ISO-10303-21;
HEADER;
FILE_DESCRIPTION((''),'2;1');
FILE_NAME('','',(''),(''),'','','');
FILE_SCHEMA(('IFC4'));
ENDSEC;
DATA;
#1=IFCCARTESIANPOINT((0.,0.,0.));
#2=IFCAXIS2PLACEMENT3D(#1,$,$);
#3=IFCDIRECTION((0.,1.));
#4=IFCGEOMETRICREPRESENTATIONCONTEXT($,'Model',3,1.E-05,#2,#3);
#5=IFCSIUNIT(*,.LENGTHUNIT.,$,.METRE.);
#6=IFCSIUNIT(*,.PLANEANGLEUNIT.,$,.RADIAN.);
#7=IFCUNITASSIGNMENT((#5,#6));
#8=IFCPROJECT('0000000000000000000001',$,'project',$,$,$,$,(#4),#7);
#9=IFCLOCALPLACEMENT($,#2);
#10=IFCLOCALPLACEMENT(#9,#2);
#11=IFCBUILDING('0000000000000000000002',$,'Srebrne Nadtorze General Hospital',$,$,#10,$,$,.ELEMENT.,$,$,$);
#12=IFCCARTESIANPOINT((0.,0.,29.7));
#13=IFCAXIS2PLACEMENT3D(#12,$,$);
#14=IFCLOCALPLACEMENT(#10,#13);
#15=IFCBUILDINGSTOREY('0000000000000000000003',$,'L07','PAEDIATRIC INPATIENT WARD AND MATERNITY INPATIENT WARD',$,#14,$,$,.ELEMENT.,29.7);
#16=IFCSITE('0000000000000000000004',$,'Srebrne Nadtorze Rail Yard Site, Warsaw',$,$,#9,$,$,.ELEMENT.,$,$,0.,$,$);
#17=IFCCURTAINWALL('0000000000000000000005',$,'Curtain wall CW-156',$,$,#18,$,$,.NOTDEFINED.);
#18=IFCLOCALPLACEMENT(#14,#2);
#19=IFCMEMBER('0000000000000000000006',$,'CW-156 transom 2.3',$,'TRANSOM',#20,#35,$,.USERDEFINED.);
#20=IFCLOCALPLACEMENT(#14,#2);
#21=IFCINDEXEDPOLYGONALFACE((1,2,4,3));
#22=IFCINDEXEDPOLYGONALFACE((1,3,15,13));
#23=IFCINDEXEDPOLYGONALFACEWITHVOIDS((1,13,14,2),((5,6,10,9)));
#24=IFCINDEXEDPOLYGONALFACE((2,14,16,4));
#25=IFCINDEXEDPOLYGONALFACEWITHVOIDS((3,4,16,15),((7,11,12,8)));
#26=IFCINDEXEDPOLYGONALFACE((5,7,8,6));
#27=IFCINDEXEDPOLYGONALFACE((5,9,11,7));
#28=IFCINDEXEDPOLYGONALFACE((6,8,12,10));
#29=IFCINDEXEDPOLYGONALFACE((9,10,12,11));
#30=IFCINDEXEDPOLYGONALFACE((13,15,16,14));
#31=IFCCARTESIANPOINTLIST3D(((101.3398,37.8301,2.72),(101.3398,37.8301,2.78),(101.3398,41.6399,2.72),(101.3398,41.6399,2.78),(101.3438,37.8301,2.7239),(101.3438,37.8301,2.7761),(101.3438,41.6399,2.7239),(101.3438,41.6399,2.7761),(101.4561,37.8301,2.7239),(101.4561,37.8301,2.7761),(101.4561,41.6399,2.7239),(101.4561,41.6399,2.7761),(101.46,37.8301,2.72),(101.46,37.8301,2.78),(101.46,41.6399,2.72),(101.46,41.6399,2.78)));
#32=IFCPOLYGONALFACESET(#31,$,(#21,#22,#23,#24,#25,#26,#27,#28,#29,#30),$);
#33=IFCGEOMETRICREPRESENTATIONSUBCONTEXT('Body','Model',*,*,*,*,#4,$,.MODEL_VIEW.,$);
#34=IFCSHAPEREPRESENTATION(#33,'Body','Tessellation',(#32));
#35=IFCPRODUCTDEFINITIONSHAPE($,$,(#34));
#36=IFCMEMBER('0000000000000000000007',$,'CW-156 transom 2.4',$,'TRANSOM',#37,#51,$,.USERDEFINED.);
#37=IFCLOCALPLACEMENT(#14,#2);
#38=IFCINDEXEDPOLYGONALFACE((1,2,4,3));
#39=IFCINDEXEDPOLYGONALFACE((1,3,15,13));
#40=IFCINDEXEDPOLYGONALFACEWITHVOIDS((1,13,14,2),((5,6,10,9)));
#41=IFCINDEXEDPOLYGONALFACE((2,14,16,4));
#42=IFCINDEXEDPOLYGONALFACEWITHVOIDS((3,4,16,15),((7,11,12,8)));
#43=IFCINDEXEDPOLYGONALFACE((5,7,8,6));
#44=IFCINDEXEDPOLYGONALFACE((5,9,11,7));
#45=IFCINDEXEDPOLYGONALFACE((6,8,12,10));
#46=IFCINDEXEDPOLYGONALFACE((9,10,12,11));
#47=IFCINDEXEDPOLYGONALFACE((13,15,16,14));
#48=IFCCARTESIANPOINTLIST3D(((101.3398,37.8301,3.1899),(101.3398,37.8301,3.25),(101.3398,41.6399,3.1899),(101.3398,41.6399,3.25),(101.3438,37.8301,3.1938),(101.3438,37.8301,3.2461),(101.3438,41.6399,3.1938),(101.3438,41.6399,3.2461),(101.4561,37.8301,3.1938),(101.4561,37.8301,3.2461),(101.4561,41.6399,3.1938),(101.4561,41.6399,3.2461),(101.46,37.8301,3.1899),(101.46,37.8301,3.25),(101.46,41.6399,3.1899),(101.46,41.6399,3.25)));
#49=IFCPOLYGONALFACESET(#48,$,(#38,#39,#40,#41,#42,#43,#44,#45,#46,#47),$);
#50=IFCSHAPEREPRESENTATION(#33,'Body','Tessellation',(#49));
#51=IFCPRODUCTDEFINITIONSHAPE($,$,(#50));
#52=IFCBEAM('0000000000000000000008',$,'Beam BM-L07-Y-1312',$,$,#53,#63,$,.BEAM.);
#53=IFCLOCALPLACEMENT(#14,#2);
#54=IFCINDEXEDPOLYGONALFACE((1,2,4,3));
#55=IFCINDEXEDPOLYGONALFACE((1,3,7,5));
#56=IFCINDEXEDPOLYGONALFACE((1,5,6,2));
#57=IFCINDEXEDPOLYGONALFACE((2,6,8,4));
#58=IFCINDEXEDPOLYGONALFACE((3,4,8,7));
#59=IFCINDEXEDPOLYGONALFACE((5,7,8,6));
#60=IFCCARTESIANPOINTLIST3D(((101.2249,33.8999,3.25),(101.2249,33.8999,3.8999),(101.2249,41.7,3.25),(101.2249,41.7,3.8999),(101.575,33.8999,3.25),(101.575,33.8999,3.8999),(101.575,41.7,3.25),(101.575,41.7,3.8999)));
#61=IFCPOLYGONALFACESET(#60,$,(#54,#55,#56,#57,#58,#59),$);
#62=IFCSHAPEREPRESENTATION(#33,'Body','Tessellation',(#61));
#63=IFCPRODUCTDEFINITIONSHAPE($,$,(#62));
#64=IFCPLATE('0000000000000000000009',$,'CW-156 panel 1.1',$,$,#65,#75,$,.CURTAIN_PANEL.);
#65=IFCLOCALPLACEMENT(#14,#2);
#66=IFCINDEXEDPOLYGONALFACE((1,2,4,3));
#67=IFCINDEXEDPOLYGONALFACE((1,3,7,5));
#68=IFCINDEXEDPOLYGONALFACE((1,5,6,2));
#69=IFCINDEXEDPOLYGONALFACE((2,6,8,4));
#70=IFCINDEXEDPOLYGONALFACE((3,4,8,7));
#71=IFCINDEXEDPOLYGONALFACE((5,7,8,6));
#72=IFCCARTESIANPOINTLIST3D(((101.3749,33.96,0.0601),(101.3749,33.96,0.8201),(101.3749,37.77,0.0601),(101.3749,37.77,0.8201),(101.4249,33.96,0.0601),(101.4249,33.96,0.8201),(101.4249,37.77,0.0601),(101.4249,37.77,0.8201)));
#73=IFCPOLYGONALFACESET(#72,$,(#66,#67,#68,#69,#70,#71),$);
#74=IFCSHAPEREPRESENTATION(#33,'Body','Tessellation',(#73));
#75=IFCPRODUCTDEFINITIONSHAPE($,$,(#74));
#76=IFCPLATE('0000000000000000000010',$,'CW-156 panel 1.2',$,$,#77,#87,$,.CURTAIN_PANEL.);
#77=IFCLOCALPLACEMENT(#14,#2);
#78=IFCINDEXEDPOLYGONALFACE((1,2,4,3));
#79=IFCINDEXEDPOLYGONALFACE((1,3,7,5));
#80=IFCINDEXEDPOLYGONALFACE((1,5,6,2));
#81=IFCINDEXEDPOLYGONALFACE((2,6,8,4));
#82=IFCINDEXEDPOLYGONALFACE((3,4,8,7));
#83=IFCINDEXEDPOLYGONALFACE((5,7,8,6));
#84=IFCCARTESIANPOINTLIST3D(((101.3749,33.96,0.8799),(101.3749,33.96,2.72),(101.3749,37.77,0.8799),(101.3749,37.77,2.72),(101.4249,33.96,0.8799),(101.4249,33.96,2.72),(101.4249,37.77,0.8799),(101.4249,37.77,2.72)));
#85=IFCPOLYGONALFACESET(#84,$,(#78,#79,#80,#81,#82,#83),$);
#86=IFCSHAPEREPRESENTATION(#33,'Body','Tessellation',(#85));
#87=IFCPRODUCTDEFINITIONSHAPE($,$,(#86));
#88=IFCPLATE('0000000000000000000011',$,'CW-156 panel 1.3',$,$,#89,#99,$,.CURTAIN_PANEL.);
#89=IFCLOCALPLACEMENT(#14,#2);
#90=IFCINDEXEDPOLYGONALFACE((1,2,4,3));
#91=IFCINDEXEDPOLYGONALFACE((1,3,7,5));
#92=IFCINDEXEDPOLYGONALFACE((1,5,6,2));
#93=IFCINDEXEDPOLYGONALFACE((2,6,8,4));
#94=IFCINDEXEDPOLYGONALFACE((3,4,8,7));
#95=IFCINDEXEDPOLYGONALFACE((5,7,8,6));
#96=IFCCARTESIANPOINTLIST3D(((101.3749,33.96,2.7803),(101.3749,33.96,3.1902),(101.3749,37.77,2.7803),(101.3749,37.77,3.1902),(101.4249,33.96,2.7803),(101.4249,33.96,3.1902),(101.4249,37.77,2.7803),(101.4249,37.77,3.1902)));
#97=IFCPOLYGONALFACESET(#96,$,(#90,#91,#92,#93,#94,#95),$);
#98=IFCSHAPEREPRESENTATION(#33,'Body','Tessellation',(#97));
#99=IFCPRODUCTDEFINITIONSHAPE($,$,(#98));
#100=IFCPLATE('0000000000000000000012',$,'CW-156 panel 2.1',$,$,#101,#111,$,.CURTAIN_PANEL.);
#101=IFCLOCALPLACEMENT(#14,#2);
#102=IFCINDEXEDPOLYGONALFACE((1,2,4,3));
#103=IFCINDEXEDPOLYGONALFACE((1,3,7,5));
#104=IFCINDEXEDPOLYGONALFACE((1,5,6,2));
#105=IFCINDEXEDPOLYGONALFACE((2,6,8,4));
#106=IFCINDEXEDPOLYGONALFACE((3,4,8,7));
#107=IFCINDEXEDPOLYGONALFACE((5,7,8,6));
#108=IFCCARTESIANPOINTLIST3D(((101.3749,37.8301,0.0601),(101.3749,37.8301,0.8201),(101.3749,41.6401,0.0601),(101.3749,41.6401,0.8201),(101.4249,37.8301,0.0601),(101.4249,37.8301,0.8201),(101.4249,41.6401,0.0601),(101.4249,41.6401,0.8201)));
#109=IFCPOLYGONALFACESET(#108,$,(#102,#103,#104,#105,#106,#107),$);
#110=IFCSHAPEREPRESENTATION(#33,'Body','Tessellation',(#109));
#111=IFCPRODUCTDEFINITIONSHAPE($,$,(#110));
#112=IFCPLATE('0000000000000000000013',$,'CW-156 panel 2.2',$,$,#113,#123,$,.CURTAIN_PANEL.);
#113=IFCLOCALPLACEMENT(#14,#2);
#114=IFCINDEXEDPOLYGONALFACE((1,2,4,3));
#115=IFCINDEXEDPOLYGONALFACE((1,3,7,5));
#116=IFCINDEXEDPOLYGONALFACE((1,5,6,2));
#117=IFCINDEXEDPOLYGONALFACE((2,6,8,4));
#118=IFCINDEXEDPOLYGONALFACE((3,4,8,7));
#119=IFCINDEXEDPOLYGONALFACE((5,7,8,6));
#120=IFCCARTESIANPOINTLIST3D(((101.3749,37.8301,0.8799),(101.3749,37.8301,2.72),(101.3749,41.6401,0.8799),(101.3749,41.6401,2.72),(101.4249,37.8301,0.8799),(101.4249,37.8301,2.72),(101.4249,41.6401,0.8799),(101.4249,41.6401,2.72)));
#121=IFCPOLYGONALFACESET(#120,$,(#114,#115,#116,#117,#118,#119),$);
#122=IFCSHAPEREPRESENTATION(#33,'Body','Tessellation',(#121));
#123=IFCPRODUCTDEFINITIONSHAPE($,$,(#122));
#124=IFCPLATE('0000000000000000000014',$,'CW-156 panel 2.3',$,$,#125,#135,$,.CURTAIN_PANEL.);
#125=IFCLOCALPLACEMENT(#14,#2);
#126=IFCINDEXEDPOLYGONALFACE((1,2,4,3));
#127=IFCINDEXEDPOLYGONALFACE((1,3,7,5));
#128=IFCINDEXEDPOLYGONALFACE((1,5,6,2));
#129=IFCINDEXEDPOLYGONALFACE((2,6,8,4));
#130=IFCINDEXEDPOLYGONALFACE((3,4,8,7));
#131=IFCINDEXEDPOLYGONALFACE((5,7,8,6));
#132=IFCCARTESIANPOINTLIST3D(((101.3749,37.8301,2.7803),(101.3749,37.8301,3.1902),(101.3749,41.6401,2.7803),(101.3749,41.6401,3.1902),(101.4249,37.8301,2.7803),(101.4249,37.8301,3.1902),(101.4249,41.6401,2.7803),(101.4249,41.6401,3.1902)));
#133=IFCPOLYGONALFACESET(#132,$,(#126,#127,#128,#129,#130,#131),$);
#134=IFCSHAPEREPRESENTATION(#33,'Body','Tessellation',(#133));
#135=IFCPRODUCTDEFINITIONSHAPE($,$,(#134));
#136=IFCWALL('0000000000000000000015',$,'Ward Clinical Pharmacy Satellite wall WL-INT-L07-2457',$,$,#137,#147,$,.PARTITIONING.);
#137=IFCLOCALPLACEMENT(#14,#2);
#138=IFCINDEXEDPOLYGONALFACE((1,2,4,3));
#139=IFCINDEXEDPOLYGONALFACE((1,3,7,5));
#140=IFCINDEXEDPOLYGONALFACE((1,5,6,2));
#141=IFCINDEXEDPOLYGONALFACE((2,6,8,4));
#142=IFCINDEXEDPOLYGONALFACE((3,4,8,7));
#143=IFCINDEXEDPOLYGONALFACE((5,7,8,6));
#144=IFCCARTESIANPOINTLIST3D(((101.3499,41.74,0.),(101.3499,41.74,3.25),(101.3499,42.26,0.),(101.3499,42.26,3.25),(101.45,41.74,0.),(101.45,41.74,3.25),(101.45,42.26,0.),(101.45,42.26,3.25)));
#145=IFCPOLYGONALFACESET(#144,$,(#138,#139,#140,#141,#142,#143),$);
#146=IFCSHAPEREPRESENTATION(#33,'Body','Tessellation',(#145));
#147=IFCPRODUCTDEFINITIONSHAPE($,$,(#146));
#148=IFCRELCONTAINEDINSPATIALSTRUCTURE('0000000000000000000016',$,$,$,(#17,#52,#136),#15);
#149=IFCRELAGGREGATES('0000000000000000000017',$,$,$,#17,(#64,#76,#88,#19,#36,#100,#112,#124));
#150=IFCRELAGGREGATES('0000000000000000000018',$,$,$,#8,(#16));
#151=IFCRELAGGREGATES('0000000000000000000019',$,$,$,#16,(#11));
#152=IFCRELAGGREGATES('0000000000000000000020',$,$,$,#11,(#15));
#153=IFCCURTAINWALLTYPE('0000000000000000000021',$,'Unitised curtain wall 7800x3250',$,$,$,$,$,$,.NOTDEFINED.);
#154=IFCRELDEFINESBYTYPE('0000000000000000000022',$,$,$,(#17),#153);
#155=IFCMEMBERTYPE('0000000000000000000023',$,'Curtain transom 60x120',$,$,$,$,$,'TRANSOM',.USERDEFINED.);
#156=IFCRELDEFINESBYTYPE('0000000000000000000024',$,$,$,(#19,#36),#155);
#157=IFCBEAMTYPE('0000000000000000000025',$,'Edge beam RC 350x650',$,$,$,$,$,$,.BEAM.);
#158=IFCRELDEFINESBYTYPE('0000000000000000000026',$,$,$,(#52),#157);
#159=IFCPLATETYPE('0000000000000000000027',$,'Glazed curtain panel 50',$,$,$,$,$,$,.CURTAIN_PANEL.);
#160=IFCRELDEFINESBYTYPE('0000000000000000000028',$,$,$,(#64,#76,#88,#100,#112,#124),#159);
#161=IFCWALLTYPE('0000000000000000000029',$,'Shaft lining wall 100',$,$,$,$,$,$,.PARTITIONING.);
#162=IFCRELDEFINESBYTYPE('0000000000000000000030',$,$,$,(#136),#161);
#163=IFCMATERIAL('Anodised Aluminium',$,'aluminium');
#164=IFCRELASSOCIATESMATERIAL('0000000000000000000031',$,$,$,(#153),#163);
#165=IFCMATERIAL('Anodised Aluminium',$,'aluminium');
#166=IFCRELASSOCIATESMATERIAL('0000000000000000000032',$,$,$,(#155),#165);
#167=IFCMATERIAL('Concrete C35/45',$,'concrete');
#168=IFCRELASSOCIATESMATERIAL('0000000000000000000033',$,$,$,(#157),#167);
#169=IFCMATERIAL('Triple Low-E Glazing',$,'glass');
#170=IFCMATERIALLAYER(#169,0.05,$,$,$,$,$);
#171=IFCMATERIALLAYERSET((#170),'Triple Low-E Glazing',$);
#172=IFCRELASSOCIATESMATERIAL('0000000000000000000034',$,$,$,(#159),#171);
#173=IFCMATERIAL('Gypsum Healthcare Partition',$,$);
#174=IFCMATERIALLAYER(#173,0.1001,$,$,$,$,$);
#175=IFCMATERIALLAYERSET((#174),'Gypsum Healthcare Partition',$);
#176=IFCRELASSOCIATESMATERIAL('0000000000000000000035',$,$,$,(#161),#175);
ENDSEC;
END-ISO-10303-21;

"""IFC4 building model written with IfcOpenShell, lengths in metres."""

from ifc_helpers import new_model, si_unit, direction, frame, frame_2d, origin, origin_2d, place, context, subcontext, project, spatial, rectangle, hollow_rectangle, extrude, material, layer, layer_set, material_profile, profile_set, type_object, element, aggregate, save


model = new_model("IFC4")

# Units and contexts
model_context = context("Model", 3, precision=1e-05, world=origin(), true_north=direction((0.0, 1.0)))
body_context = subcontext(model_context, "Body", "Model", "MODEL_VIEW")
ifc_project = project(units=[si_unit("LENGTHUNIT", "METRE"), si_unit("PLANEANGLEUNIT", "RADIAN")], contexts=[model_context])

# Site, building, storey
site_placement = place(None, origin())
site = spatial("IfcSite", under=ifc_project, at=site_placement, Name="Srebrne Nadtorze Rail Yard Site, Warsaw", CompositionType="ELEMENT", RefElevation=0.0)
building_placement = place(site_placement, origin())
building = spatial("IfcBuilding", under=site, at=building_placement, Name="Srebrne Nadtorze General Hospital", CompositionType="ELEMENT")
storey_placement = place(building_placement, frame((0.0, 0.0, 29.7)))
storey = spatial("IfcBuildingStorey", under=building, at=storey_placement, Name="L07", Description="PAEDIATRIC INPATIENT WARD AND MATERNITY INPATIENT WARD", CompositionType="ELEMENT", Elevation=29.7)

# Curtain wall, members
ifc_material_1 = material(Name="Anodised Aluminium", Category="aluminium")
curtain_wall_type = type_object("IfcCurtainWallType", Name="Unitised curtain wall 7800x3250", PredefinedType="NOTDEFINED", material=ifc_material_1)
curtain_wall_placement = place(storey_placement, origin())
curtain_wall = element("IfcCurtainWall", 1, at=curtain_wall_placement, inside=storey, type_object=curtain_wall_type, Name="Curtain wall CW-156", PredefinedType="NOTDEFINED")
ifc_material_2 = material(Name="Anodised Aluminium", Category="aluminium")
ifc_material_profile_1 = material_profile(ifc_material_2, hollow_rectangle(XDim=0.0601, YDim=0.1201, WallThickness=0.0039, at=origin_2d()), Name="AL-TRN-60x120")
ifc_profile_set_1 = profile_set([ifc_material_profile_1], Name="Anodised Aluminium")
member_type_1 = type_object("IfcMemberType", Name="Curtain transom 60x120", ElementType="TRANSOM", PredefinedType="USERDEFINED", material=ifc_profile_set_1)
member_1_placement = place(storey_placement, frame((101.3999, 37.8301, 2.75), z_axis=(0.0, 1.0, 0.0), x_axis=(0.0, 0.0, 1.0)))
member_1 = element("IfcMember", 2, at=member_1_placement, type_object=member_type_1, Name="CW-156 transom 2.3", ObjectType="TRANSOM", PredefinedType="USERDEFINED", context=body_context, shape_type="SweptSolid", body=[
    extrude(hollow_rectangle(XDim=0.0601, YDim=0.1201, WallThickness=0.0039, at=origin_2d()), origin(), (0.0, 0.0, 1.0), 3.8098),
])
member_2_placement = place(storey_placement, frame((101.3999, 37.8301, 3.22), z_axis=(0.0, 1.0, 0.0), x_axis=(0.0, 0.0, 1.0)))
member_2 = element("IfcMember", 3, at=member_2_placement, type_object=member_type_1, Name="CW-156 transom 2.4", ObjectType="TRANSOM", PredefinedType="USERDEFINED", context=body_context, shape_type="SweptSolid", body=[
    extrude(hollow_rectangle(XDim=0.0601, YDim=0.1201, WallThickness=0.0039, at=origin_2d()), origin(), (0.0, 0.0, 1.0), 3.8098),
])

# Beam
ifc_material_3 = material(Name="Concrete C35/45", Category="concrete")
ifc_material_profile_2 = material_profile(ifc_material_3, rectangle(XDim=0.3501, YDim=0.6499, at=origin_2d()), Name="RC-BM-350x650")
ifc_profile_set_2 = profile_set([ifc_material_profile_2], Name="Concrete C35/45")
beam_type = type_object("IfcBeamType", Name="Edge beam RC 350x650", PredefinedType="BEAM", material=ifc_profile_set_2)
beam_placement = place(storey_placement, frame((101.3999, 33.8999, 3.575), z_axis=(0.0, 1.0, 0.0), x_axis=(-1.0, 0.0, 0.0)))
element("IfcBeam", 4, at=beam_placement, inside=storey, type_object=beam_type, Name="Beam BM-L07-Y-1312", PredefinedType="BEAM", context=body_context, shape_type="SweptSolid", body=[
    extrude(rectangle(XDim=0.3501, YDim=0.6499, at=origin_2d()), origin(), (0.0, 0.0, 1.0), 7.8),
])

# Plates
ifc_material_4 = material(Name="Triple Low-E Glazing", Category="glass")
ifc_layer_1 = layer(ifc_material_4, 0.05)
ifc_layer_set_1 = layer_set([ifc_layer_1], Name="Triple Low-E Glazing")
plate_type = type_object("IfcPlateType", Name="Glazed curtain panel 50", PredefinedType="CURTAIN_PANEL", material=ifc_layer_set_1)
plate_1_placement = place(storey_placement, frame((101.3999, 35.865, 0.0601), z_axis=(0.0, 0.0, 1.0), x_axis=(0.0, 1.0, 0.0)))
plate_1 = element("IfcPlate", 5, at=plate_1_placement, type_object=plate_type, Name="CW-156 panel 1.1", PredefinedType="CURTAIN_PANEL", context=body_context, shape_type="SweptSolid", body=[
    extrude(rectangle(XDim=3.8101, YDim=0.05, at=origin_2d()), origin(), (0.0, 0.0, 1.0), 0.76),
])
plate_2_placement = place(storey_placement, frame((101.3999, 35.865, 0.8799), z_axis=(0.0, 0.0, 1.0), x_axis=(0.0, 1.0, 0.0)))
plate_2 = element("IfcPlate", 6, at=plate_2_placement, type_object=plate_type, Name="CW-156 panel 1.2", PredefinedType="CURTAIN_PANEL", context=body_context, shape_type="SweptSolid", body=[
    extrude(rectangle(XDim=3.8101, YDim=0.05, at=origin_2d()), origin(), (0.0, 0.0, 1.0), 1.8401),
])
plate_3_placement = place(storey_placement, frame((101.3999, 35.865, 2.7803), z_axis=(0.0, 0.0, 1.0), x_axis=(0.0, 1.0, 0.0)))
plate_3 = element("IfcPlate", 7, at=plate_3_placement, type_object=plate_type, Name="CW-156 panel 1.3", PredefinedType="CURTAIN_PANEL", context=body_context, shape_type="SweptSolid", body=[
    extrude(rectangle(XDim=3.8101, YDim=0.05, at=origin_2d()), origin(), (0.0, 0.0, 1.0), 0.4099),
])
plate_4_placement = place(storey_placement, frame((101.3999, 39.7351, 0.0601), z_axis=(0.0, 0.0, 1.0), x_axis=(0.0, 1.0, 0.0)))
plate_4 = element("IfcPlate", 8, at=plate_4_placement, type_object=plate_type, Name="CW-156 panel 2.1", PredefinedType="CURTAIN_PANEL", context=body_context, shape_type="SweptSolid", body=[
    extrude(rectangle(XDim=3.8101, YDim=0.05, at=origin_2d()), origin(), (0.0, 0.0, 1.0), 0.76),
])
plate_5_placement = place(storey_placement, frame((101.3999, 39.7351, 0.8799), z_axis=(0.0, 0.0, 1.0), x_axis=(0.0, 1.0, 0.0)))
plate_5 = element("IfcPlate", 9, at=plate_5_placement, type_object=plate_type, Name="CW-156 panel 2.2", PredefinedType="CURTAIN_PANEL", context=body_context, shape_type="SweptSolid", body=[
    extrude(rectangle(XDim=3.8101, YDim=0.05, at=origin_2d()), origin(), (0.0, 0.0, 1.0), 1.8401),
])
plate_6_placement = place(storey_placement, frame((101.3999, 39.7351, 2.7803), z_axis=(0.0, 0.0, 1.0), x_axis=(0.0, 1.0, 0.0)))
plate_6 = element("IfcPlate", 10, at=plate_6_placement, type_object=plate_type, Name="CW-156 panel 2.3", PredefinedType="CURTAIN_PANEL", context=body_context, shape_type="SweptSolid", body=[
    extrude(rectangle(XDim=3.8101, YDim=0.05, at=origin_2d()), origin(), (0.0, 0.0, 1.0), 0.4099),
])
aggregate(curtain_wall, [plate_1, plate_2, plate_3, member_1, member_2, plate_4, plate_5, plate_6])

# Wall
ifc_material_5 = material(Name="Gypsum Healthcare Partition")
ifc_layer_2 = layer(ifc_material_5, 0.1001)
ifc_layer_set_2 = layer_set([ifc_layer_2], Name="Gypsum Healthcare Partition")
wall_type = type_object("IfcWallType", Name="Shaft lining wall 100", PredefinedType="PARTITIONING", material=ifc_layer_set_2)
wall_placement = place(storey_placement, frame((101.3999, 41.74, 0.0), z_axis=(0.0, 0.0, 1.0), x_axis=(0.0, 1.0, 0.0)))
element("IfcWall", 11, at=wall_placement, inside=storey, type_object=wall_type, Name="Ward Clinical Pharmacy Satellite wall WL-INT-L07-2457", PredefinedType="PARTITIONING", context=body_context, shape_type="SweptSolid", body=[
    extrude(rectangle(XDim=0.52, YDim=0.1001, at=frame_2d((0.26, 0.0))), origin(), (0.0, 0.0, 1.0), 3.25),
])

save(model, "model.ifc")
